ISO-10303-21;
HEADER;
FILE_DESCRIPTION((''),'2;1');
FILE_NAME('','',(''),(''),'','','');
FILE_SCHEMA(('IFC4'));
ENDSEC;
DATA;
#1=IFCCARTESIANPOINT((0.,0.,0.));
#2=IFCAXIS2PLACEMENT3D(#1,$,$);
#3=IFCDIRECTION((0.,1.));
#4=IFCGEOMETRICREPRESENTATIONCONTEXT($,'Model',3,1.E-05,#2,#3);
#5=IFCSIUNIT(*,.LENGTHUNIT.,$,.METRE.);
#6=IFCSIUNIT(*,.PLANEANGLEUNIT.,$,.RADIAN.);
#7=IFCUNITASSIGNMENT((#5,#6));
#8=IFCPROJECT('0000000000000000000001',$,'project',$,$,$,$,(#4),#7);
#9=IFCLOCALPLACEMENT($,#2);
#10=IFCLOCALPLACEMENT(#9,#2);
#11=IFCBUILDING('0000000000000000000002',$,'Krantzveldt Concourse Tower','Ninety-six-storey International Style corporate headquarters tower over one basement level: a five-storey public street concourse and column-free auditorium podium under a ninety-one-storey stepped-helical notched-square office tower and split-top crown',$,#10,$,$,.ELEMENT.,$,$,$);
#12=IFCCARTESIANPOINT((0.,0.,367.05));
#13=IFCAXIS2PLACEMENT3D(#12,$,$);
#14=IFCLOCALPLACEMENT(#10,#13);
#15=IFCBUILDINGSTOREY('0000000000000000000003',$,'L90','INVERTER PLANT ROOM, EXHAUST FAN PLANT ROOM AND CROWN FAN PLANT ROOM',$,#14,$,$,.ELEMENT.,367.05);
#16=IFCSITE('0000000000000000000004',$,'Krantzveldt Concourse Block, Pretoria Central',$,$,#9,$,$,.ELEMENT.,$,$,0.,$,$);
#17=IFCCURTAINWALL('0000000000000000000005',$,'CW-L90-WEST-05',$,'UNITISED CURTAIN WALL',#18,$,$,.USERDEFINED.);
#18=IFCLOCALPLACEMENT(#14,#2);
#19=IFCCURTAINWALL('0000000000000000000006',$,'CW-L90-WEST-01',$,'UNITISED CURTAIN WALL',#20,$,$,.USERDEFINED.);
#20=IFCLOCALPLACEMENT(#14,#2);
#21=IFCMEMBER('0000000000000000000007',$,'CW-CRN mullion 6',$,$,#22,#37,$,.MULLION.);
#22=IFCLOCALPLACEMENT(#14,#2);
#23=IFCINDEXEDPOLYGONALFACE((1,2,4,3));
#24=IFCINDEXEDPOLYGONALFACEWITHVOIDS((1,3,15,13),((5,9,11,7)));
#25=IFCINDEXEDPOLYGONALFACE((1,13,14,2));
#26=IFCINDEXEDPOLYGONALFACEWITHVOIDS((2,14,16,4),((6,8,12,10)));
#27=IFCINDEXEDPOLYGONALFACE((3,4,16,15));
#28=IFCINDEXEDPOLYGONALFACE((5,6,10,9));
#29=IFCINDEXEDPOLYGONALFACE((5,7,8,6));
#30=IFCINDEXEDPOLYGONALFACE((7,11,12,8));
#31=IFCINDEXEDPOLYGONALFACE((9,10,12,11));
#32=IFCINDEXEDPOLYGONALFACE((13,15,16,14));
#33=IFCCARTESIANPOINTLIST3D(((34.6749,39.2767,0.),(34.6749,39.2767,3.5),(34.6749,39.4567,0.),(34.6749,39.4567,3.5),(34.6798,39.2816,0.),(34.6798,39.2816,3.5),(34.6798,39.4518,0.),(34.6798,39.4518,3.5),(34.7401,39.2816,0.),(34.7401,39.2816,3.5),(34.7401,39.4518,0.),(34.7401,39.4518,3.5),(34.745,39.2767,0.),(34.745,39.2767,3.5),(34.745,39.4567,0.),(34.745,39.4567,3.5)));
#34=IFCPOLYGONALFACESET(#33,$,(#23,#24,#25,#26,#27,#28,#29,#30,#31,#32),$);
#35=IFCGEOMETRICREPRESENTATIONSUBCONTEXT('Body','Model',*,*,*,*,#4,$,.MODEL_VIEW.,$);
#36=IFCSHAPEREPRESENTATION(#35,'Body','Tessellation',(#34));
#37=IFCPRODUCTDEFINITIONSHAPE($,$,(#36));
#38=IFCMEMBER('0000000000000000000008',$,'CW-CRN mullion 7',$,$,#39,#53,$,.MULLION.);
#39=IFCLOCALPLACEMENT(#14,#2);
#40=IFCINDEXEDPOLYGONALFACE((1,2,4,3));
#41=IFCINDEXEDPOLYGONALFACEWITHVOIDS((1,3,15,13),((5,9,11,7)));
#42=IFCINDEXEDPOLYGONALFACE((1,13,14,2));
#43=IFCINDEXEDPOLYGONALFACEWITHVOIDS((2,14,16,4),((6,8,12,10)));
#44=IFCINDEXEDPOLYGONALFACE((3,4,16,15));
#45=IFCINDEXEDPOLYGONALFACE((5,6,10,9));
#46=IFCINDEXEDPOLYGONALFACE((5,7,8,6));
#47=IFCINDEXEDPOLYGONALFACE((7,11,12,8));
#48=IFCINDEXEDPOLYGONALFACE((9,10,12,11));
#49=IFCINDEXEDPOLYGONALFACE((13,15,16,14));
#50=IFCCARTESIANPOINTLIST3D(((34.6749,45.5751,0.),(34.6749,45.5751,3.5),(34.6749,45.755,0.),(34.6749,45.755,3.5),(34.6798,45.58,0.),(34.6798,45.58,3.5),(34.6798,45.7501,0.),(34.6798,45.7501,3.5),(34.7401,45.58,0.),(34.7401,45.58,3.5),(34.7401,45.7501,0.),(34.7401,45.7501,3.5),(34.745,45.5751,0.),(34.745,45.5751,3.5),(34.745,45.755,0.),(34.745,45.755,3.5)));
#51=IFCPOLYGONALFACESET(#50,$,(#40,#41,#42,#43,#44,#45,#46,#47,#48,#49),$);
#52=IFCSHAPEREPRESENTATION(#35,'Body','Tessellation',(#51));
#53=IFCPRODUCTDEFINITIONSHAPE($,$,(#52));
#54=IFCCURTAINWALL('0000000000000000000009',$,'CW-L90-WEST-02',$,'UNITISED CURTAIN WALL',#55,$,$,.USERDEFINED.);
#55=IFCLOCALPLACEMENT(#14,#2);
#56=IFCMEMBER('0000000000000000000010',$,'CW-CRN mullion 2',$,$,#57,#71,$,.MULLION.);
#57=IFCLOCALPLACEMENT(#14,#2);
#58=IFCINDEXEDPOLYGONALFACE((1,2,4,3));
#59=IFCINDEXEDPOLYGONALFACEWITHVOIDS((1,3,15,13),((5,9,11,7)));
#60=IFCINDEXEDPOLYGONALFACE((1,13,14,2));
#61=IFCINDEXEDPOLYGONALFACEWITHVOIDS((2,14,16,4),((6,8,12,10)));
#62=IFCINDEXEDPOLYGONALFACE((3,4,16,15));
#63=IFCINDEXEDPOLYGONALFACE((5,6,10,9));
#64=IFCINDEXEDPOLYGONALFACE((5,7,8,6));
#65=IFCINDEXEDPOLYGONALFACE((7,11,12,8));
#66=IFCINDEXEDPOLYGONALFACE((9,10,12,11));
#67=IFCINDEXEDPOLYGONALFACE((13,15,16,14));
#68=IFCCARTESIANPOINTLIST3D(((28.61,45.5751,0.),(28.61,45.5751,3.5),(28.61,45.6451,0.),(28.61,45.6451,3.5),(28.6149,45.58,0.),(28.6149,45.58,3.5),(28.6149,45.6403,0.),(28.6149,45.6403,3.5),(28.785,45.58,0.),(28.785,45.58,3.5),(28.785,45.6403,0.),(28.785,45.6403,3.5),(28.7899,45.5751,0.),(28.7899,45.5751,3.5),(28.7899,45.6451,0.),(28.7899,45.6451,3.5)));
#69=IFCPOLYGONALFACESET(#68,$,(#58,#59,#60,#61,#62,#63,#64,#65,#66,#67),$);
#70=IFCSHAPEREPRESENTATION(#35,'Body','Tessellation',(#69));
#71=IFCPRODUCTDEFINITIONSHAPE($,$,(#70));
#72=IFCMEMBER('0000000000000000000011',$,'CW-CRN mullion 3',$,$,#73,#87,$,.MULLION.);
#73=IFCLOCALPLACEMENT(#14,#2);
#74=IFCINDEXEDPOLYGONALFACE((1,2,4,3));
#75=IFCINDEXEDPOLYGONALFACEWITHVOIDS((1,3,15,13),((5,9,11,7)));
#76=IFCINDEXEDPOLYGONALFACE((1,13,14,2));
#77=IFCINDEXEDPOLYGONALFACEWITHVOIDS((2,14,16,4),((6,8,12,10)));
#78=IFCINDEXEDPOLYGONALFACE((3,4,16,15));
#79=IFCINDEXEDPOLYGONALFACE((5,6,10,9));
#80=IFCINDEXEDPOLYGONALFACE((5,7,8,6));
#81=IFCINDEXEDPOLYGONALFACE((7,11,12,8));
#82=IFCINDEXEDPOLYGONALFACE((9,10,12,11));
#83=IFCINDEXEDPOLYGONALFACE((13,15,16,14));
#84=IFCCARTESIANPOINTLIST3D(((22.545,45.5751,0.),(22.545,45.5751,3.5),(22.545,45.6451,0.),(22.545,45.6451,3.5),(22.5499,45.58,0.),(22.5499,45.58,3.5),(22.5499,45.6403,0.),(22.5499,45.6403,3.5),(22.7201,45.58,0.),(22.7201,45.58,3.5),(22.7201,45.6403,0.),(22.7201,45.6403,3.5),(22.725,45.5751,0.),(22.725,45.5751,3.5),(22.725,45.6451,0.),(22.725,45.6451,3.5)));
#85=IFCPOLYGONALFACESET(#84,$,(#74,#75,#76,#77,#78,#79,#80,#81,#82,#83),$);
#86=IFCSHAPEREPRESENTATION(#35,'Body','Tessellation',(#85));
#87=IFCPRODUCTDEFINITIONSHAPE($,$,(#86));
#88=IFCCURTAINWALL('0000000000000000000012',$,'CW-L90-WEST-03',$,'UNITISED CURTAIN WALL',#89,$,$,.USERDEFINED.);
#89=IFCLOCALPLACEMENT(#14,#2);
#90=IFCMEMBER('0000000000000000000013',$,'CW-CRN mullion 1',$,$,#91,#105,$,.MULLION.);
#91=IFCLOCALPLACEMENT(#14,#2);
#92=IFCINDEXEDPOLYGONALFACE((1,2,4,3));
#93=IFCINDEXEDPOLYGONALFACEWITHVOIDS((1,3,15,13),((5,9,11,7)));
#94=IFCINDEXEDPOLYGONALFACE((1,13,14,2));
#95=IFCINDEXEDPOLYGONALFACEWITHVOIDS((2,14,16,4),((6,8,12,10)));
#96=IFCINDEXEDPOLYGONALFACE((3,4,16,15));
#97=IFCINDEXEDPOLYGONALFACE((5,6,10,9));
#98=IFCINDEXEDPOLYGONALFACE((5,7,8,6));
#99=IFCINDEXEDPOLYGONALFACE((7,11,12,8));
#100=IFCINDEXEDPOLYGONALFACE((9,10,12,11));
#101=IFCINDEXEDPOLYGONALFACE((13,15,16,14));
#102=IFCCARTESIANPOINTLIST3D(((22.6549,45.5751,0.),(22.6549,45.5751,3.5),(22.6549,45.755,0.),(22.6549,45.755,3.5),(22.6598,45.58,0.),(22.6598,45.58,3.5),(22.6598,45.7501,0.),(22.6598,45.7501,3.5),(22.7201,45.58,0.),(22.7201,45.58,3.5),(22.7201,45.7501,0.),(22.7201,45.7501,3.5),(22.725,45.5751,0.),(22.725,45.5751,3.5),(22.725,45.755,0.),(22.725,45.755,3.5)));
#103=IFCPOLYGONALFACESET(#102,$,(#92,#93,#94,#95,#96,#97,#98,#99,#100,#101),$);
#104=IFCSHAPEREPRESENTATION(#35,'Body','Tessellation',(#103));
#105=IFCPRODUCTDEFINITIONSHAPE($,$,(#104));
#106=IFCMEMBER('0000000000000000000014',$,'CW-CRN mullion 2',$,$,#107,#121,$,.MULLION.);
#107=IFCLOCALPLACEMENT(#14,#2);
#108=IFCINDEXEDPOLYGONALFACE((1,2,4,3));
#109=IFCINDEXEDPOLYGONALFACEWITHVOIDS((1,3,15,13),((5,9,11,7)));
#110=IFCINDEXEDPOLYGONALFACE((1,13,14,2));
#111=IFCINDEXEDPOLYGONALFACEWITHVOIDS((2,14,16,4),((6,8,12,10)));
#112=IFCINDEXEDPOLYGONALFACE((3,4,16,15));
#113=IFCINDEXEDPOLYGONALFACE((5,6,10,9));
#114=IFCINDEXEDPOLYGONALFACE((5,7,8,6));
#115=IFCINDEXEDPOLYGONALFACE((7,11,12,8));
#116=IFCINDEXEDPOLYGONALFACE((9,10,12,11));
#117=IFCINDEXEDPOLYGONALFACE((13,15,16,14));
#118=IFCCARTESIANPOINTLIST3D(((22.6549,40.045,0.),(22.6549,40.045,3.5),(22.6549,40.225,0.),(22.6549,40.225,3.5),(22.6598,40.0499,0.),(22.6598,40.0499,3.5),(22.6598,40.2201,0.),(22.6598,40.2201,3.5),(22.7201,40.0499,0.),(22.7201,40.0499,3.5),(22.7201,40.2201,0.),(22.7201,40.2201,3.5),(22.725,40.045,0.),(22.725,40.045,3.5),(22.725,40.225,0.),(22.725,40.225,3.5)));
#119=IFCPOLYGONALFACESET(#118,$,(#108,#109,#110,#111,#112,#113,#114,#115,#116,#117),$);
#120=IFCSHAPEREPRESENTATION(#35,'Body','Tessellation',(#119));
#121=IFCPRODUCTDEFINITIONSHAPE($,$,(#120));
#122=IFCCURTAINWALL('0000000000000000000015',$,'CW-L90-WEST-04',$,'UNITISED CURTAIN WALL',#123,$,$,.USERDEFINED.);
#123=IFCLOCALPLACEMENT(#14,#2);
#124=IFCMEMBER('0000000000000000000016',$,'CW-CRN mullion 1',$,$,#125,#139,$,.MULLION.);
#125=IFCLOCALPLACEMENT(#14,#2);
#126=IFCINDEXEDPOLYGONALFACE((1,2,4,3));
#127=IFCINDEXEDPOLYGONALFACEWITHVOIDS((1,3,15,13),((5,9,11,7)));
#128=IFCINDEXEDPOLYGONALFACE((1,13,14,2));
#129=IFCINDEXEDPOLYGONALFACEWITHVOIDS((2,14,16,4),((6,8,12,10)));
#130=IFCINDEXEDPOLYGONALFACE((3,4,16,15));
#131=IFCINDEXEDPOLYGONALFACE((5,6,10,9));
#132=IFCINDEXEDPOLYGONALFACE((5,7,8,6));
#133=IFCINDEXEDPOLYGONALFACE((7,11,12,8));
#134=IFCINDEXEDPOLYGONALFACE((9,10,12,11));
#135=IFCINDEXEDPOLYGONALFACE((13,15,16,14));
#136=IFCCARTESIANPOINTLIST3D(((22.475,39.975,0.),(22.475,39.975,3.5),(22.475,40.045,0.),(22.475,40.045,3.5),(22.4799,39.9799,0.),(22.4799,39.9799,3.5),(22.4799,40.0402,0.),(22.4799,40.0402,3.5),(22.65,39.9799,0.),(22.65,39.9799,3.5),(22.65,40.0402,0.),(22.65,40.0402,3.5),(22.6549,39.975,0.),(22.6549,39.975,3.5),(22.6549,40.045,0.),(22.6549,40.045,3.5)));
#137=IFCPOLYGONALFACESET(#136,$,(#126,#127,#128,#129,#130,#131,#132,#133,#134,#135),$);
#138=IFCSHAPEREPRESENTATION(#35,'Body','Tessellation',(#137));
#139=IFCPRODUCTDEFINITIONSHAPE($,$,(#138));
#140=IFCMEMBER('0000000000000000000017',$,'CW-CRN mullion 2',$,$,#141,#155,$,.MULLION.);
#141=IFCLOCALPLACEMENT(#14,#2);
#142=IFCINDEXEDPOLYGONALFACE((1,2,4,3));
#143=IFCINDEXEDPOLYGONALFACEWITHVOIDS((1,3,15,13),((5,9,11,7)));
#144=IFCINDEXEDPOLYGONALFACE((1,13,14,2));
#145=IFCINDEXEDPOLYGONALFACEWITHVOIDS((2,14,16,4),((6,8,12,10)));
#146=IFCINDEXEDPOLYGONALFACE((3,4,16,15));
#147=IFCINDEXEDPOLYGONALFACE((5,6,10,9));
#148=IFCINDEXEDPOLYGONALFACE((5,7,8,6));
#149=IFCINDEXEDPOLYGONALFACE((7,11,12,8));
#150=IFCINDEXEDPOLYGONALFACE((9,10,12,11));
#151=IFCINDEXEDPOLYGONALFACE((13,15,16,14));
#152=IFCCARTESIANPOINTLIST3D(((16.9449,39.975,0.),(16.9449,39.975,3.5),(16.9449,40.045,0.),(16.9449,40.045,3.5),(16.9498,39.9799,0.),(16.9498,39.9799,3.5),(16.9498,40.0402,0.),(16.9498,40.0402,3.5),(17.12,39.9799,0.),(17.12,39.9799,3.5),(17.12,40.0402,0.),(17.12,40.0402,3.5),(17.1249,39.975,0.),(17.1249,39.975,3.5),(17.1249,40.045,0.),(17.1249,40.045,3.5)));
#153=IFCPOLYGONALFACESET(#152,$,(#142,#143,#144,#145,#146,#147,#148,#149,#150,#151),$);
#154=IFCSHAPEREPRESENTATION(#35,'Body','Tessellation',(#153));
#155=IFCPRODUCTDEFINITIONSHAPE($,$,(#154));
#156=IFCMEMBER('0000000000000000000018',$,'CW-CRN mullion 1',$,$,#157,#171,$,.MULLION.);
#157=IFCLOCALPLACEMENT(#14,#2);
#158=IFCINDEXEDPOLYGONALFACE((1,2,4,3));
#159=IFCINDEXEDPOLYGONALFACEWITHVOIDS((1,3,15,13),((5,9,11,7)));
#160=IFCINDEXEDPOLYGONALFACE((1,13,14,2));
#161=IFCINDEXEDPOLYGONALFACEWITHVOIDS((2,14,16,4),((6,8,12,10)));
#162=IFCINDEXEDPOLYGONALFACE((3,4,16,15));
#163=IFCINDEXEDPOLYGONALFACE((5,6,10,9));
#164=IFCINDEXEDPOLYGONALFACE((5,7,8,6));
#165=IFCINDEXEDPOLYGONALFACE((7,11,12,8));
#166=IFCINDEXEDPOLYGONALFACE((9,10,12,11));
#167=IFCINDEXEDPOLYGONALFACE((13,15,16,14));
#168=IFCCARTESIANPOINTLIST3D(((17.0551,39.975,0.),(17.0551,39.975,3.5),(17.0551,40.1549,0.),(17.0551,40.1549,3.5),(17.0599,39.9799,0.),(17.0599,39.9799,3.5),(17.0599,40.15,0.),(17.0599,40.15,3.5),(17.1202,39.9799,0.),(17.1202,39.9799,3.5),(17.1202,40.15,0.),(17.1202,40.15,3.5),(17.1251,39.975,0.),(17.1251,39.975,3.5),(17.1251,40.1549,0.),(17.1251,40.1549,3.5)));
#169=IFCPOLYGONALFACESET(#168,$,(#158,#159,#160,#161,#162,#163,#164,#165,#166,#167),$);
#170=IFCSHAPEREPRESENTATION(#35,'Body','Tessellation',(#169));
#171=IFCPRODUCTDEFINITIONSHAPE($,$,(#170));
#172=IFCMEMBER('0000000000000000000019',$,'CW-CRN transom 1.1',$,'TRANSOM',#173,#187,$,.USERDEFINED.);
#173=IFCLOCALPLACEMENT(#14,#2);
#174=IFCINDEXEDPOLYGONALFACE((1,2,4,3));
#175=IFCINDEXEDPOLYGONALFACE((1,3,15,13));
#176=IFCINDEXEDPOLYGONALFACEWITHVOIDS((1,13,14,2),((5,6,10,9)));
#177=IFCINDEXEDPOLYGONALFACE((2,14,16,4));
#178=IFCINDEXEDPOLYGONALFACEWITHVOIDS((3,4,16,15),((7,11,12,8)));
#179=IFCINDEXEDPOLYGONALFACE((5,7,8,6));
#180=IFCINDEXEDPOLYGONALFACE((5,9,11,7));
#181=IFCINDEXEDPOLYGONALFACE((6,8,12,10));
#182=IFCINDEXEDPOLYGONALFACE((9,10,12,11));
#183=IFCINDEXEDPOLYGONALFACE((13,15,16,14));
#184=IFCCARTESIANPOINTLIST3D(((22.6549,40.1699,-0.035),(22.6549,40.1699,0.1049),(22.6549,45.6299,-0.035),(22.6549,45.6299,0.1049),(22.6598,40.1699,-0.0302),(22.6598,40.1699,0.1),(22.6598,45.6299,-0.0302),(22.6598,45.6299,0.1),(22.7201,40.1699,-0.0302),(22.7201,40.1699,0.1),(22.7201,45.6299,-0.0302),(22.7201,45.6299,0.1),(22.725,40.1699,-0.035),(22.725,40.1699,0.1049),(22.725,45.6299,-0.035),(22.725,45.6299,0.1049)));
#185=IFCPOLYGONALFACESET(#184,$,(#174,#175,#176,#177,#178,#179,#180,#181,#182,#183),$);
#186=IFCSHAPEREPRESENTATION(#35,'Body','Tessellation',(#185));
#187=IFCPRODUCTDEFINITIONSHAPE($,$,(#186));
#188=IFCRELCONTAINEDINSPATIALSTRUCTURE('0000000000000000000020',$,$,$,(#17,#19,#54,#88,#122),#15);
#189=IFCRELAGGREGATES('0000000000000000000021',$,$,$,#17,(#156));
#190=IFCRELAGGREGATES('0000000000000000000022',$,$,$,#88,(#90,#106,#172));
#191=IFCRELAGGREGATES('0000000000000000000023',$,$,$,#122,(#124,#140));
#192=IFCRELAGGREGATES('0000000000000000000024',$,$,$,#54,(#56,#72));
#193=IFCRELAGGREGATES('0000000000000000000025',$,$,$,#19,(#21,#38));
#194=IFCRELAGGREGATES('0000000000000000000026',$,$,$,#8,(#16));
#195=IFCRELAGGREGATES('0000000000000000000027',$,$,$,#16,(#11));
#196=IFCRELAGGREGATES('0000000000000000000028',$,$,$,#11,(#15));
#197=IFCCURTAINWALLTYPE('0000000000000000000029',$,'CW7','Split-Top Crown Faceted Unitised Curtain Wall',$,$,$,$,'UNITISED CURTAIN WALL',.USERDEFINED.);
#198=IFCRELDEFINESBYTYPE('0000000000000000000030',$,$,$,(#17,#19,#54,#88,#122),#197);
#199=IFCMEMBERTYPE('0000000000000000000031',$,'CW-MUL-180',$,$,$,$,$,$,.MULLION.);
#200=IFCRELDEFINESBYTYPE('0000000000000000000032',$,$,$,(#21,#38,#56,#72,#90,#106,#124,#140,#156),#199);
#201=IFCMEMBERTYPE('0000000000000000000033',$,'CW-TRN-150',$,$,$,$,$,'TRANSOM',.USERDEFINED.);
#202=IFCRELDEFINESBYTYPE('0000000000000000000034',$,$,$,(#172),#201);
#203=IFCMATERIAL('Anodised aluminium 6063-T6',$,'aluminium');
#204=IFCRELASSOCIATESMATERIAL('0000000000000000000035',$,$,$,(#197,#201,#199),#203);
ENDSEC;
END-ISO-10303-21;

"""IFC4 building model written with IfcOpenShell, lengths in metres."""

from ifc_helpers import new_model, si_unit, direction, frame, origin, origin_2d, place, context, subcontext, project, spatial, hollow_rectangle, extrude, source, transform, mapped, material, material_profile, profile_set, type_object, type_shapes, element, aggregate, save


model = new_model("IFC4")

# Units and contexts
model_context = context("Model", 3, precision=1e-05, world=origin(), true_north=direction((0.0, 1.0)))
body_context = subcontext(model_context, "Body", "Model", "MODEL_VIEW")
ifc_project = project(units=[si_unit("LENGTHUNIT", "METRE"), si_unit("PLANEANGLEUNIT", "RADIAN")], contexts=[model_context])

# Site, building, storey
site_placement = place(None, origin())
site = spatial("IfcSite", under=ifc_project, at=site_placement, Name="Krantzveldt Concourse Block, Pretoria Central", CompositionType="ELEMENT", RefElevation=0.0)
building_placement = place(site_placement, origin())
building = spatial("IfcBuilding", under=site, at=building_placement, Name="Krantzveldt Concourse Tower", Description="Ninety-six-storey International Style corporate headquarters tower over one basement level: a five-storey public street concourse and column-free auditorium podium under a ninety-one-storey stepped-helical notched-square office tower and split-top crown", CompositionType="ELEMENT")
storey_placement = place(building_placement, frame((0.0, 0.0, 367.05)))
storey = spatial("IfcBuildingStorey", under=building, at=storey_placement, Name="L90", Description="INVERTER PLANT ROOM, EXHAUST FAN PLANT ROOM AND CROWN FAN PLANT ROOM", CompositionType="ELEMENT", Elevation=367.05)

# Curtain walls, members
ifc_material_1 = material(Name="Anodised aluminium 6063-T6", Category="aluminium")
curtain_wall_type = type_object("IfcCurtainWallType", Name="CW7", Description="Split-Top Crown Faceted Unitised Curtain Wall", ElementType="UNITISED CURTAIN WALL", PredefinedType="USERDEFINED", material=ifc_material_1)
curtain_wall_1_placement = place(storey_placement, origin())
curtain_wall_1 = element("IfcCurtainWall", 1, at=curtain_wall_1_placement, inside=storey, type_object=curtain_wall_type, Name="CW-L90-WEST-05", ObjectType="UNITISED CURTAIN WALL", PredefinedType="USERDEFINED")
ifc_material_profile_1 = material_profile(ifc_material_1, hollow_rectangle(XDim=0.0701, YDim=0.1399, WallThickness=0.0049, at=origin_2d()), Name="Anodised aluminium 6063-T6", Category="aluminium")
ifc_profile_set_1 = profile_set([ifc_material_profile_1], Name="Anodised aluminium 6063-T6 - ALU-TRAN 140x70x5")
member_type_1 = type_object("IfcMemberType", Name="CW-TRN-150", ElementType="TRANSOM", PredefinedType="USERDEFINED", material=ifc_profile_set_1)
curtain_wall_2_placement = place(storey_placement, origin())
curtain_wall_2 = element("IfcCurtainWall", 2, at=curtain_wall_2_placement, inside=storey, type_object=curtain_wall_type, Name="CW-L90-WEST-01", ObjectType="UNITISED CURTAIN WALL", PredefinedType="USERDEFINED")
ifc_material_profile_2 = material_profile(ifc_material_1, hollow_rectangle(XDim=0.0701, YDim=0.1799, WallThickness=0.0049, at=origin_2d()), Name="Anodised aluminium 6063-T6", Category="aluminium")
ifc_profile_set_2 = profile_set([ifc_material_profile_2], Name="Anodised aluminium 6063-T6 - ALU-MULL 180x70x5")
member_type_2 = type_object("IfcMemberType", Name="CW-MUL-180", PredefinedType="MULLION", material=ifc_profile_set_2)
shared_shape_1 = source(origin(), body_context, "Body", "SweptSolid", [
    extrude(hollow_rectangle(XDim=0.0701, YDim=0.1799, WallThickness=0.0049, at=origin_2d()), origin(), (0.0, 0.0, 1.0), 3.5),
])
type_shapes(member_type_2, [shared_shape_1])
member_1_placement = place(storey_placement, frame((34.71, 39.3667, 0.0), z_axis=(0.0, 0.0, 1.0), x_axis=(-1.0, 0.0, 0.0)))
member_1 = element("IfcMember", 3, at=member_1_placement, type_object=member_type_2, Name="CW-CRN mullion 6", PredefinedType="MULLION", context=body_context, shape_type="MappedRepresentation", body=[
    mapped(shared_shape_1, transform((0.0, 0.0, 0.0), x_axis=(1.0, 0.0, 0.0), y_axis=(0.0, 1.0, 0.0), z_axis=(0.0, 0.0, 1.0), scale=1.0)),
])
member_2_placement = place(storey_placement, frame((34.71, 45.665, 0.0), z_axis=(0.0, 0.0, 1.0), x_axis=(-1.0, 0.0, 0.0)))
member_2 = element("IfcMember", 4, at=member_2_placement, type_object=member_type_2, Name="CW-CRN mullion 7", PredefinedType="MULLION", context=body_context, shape_type="MappedRepresentation", body=[
    mapped(shared_shape_1, transform((0.0, 0.0, 0.0), x_axis=(1.0, 0.0, 0.0), y_axis=(0.0, 1.0, 0.0), z_axis=(0.0, 0.0, 1.0), scale=1.0)),
])
curtain_wall_3_placement = place(storey_placement, origin())
curtain_wall_3 = element("IfcCurtainWall", 5, at=curtain_wall_3_placement, inside=storey, type_object=curtain_wall_type, Name="CW-L90-WEST-02", ObjectType="UNITISED CURTAIN WALL", PredefinedType="USERDEFINED")
member_3_placement = place(storey_placement, frame((28.7, 45.6101, 0.0), z_axis=(0.0, 0.0, 1.0), x_axis=(0.0, -1.0, 0.0)))
member_3 = element("IfcMember", 6, at=member_3_placement, type_object=member_type_2, Name="CW-CRN mullion 2", PredefinedType="MULLION", context=body_context, shape_type="MappedRepresentation", body=[
    mapped(shared_shape_1, transform((0.0, 0.0, 0.0), x_axis=(1.0, 0.0, 0.0), y_axis=(0.0, 1.0, 0.0), z_axis=(0.0, 0.0, 1.0), scale=1.0)),
])
member_4_placement = place(storey_placement, frame((22.635, 45.6101, 0.0), z_axis=(0.0, 0.0, 1.0), x_axis=(0.0, -1.0, 0.0)))
member_4 = element("IfcMember", 7, at=member_4_placement, type_object=member_type_2, Name="CW-CRN mullion 3", PredefinedType="MULLION", context=body_context, shape_type="MappedRepresentation", body=[
    mapped(shared_shape_1, transform((0.0, 0.0, 0.0), x_axis=(1.0, 0.0, 0.0), y_axis=(0.0, 1.0, 0.0), z_axis=(0.0, 0.0, 1.0), scale=1.0)),
])
curtain_wall_4_placement = place(storey_placement, origin())
curtain_wall_4 = element("IfcCurtainWall", 8, at=curtain_wall_4_placement, inside=storey, type_object=curtain_wall_type, Name="CW-L90-WEST-03", ObjectType="UNITISED CURTAIN WALL", PredefinedType="USERDEFINED")
member_5_placement = place(storey_placement, frame((22.6899, 45.665, 0.0), z_axis=(0.0, 0.0, 1.0), x_axis=(1.0, 0.0, 0.0)))
member_5 = element("IfcMember", 9, at=member_5_placement, type_object=member_type_2, Name="CW-CRN mullion 1", PredefinedType="MULLION", context=body_context, shape_type="MappedRepresentation", body=[
    mapped(shared_shape_1, transform((0.0, 0.0, 0.0), x_axis=(1.0, 0.0, 0.0), y_axis=(0.0, 1.0, 0.0), z_axis=(0.0, 0.0, 1.0), scale=1.0)),
])
member_6_placement = place(storey_placement, frame((22.6899, 40.135, 0.0), z_axis=(0.0, 0.0, 1.0), x_axis=(1.0, 0.0, 0.0)))
member_6 = element("IfcMember", 10, at=member_6_placement, type_object=member_type_2, Name="CW-CRN mullion 2", PredefinedType="MULLION", context=body_context, shape_type="MappedRepresentation", body=[
    mapped(shared_shape_1, transform((0.0, 0.0, 0.0), x_axis=(1.0, 0.0, 0.0), y_axis=(0.0, 1.0, 0.0), z_axis=(0.0, 0.0, 1.0), scale=1.0)),
])
curtain_wall_5_placement = place(storey_placement, origin())
curtain_wall_5 = element("IfcCurtainWall", 11, at=curtain_wall_5_placement, inside=storey, type_object=curtain_wall_type, Name="CW-L90-WEST-04", ObjectType="UNITISED CURTAIN WALL", PredefinedType="USERDEFINED")
member_7_placement = place(storey_placement, frame((22.5649, 40.01, 0.0), z_axis=(0.0, 0.0, 1.0), x_axis=(0.0, -1.0, 0.0)))
member_7 = element("IfcMember", 12, at=member_7_placement, type_object=member_type_2, Name="CW-CRN mullion 1", PredefinedType="MULLION", context=body_context, shape_type="MappedRepresentation", body=[
    mapped(shared_shape_1, transform((0.0, 0.0, 0.0), x_axis=(1.0, 0.0, 0.0), y_axis=(0.0, 1.0, 0.0), z_axis=(0.0, 0.0, 1.0), scale=1.0)),
])
member_8_placement = place(storey_placement, frame((17.0349, 40.01, 0.0), z_axis=(0.0, 0.0, 1.0), x_axis=(0.0, -1.0, 0.0)))
member_8 = element("IfcMember", 13, at=member_8_placement, type_object=member_type_2, Name="CW-CRN mullion 2", PredefinedType="MULLION", context=body_context, shape_type="MappedRepresentation", body=[
    mapped(shared_shape_1, transform((0.0, 0.0, 0.0), x_axis=(1.0, 0.0, 0.0), y_axis=(0.0, 1.0, 0.0), z_axis=(0.0, 0.0, 1.0), scale=1.0)),
])

# Members
member_9_placement = place(storey_placement, frame((17.0901, 40.0649, 0.0), z_axis=(0.0, 0.0, 1.0), x_axis=(1.0, 0.0, 0.0)))
member_9 = element("IfcMember", 14, at=member_9_placement, type_object=member_type_2, Name="CW-CRN mullion 1", PredefinedType="MULLION", context=body_context, shape_type="MappedRepresentation", body=[
    mapped(shared_shape_1, transform((0.0, 0.0, 0.0), x_axis=(1.0, 0.0, 0.0), y_axis=(0.0, 1.0, 0.0), z_axis=(0.0, 0.0, 1.0), scale=1.0)),
])
aggregate(curtain_wall_1, [member_9])
shared_shape_2 = source(origin(), body_context, "Body", "SweptSolid", [
    extrude(hollow_rectangle(XDim=0.0701, YDim=0.1399, WallThickness=0.0049, at=origin_2d()), origin(), (0.0, 0.0, 1.0), 5.46),
])
member_10_placement = place(storey_placement, frame((22.6899, 45.6299, 0.0349), z_axis=(0.0, -1.0, 0.0), x_axis=(1.0, 0.0, 0.0)))
member_10 = element("IfcMember", 15, at=member_10_placement, type_object=member_type_1, Name="CW-CRN transom 1.1", ObjectType="TRANSOM", PredefinedType="USERDEFINED", context=body_context, shape_type="MappedRepresentation", body=[
    mapped(shared_shape_2, transform((0.0, 0.0, 0.0), x_axis=(1.0, 0.0, 0.0), y_axis=(0.0, 1.0, 0.0), z_axis=(0.0, 0.0, 1.0), scale=1.0)),
])

aggregate(curtain_wall_4, [member_5, member_6, member_10])
aggregate(curtain_wall_5, [member_7, member_8])
aggregate(curtain_wall_3, [member_3, member_4])
aggregate(curtain_wall_2, [member_1, member_2])

save(model, "model.ifc")
